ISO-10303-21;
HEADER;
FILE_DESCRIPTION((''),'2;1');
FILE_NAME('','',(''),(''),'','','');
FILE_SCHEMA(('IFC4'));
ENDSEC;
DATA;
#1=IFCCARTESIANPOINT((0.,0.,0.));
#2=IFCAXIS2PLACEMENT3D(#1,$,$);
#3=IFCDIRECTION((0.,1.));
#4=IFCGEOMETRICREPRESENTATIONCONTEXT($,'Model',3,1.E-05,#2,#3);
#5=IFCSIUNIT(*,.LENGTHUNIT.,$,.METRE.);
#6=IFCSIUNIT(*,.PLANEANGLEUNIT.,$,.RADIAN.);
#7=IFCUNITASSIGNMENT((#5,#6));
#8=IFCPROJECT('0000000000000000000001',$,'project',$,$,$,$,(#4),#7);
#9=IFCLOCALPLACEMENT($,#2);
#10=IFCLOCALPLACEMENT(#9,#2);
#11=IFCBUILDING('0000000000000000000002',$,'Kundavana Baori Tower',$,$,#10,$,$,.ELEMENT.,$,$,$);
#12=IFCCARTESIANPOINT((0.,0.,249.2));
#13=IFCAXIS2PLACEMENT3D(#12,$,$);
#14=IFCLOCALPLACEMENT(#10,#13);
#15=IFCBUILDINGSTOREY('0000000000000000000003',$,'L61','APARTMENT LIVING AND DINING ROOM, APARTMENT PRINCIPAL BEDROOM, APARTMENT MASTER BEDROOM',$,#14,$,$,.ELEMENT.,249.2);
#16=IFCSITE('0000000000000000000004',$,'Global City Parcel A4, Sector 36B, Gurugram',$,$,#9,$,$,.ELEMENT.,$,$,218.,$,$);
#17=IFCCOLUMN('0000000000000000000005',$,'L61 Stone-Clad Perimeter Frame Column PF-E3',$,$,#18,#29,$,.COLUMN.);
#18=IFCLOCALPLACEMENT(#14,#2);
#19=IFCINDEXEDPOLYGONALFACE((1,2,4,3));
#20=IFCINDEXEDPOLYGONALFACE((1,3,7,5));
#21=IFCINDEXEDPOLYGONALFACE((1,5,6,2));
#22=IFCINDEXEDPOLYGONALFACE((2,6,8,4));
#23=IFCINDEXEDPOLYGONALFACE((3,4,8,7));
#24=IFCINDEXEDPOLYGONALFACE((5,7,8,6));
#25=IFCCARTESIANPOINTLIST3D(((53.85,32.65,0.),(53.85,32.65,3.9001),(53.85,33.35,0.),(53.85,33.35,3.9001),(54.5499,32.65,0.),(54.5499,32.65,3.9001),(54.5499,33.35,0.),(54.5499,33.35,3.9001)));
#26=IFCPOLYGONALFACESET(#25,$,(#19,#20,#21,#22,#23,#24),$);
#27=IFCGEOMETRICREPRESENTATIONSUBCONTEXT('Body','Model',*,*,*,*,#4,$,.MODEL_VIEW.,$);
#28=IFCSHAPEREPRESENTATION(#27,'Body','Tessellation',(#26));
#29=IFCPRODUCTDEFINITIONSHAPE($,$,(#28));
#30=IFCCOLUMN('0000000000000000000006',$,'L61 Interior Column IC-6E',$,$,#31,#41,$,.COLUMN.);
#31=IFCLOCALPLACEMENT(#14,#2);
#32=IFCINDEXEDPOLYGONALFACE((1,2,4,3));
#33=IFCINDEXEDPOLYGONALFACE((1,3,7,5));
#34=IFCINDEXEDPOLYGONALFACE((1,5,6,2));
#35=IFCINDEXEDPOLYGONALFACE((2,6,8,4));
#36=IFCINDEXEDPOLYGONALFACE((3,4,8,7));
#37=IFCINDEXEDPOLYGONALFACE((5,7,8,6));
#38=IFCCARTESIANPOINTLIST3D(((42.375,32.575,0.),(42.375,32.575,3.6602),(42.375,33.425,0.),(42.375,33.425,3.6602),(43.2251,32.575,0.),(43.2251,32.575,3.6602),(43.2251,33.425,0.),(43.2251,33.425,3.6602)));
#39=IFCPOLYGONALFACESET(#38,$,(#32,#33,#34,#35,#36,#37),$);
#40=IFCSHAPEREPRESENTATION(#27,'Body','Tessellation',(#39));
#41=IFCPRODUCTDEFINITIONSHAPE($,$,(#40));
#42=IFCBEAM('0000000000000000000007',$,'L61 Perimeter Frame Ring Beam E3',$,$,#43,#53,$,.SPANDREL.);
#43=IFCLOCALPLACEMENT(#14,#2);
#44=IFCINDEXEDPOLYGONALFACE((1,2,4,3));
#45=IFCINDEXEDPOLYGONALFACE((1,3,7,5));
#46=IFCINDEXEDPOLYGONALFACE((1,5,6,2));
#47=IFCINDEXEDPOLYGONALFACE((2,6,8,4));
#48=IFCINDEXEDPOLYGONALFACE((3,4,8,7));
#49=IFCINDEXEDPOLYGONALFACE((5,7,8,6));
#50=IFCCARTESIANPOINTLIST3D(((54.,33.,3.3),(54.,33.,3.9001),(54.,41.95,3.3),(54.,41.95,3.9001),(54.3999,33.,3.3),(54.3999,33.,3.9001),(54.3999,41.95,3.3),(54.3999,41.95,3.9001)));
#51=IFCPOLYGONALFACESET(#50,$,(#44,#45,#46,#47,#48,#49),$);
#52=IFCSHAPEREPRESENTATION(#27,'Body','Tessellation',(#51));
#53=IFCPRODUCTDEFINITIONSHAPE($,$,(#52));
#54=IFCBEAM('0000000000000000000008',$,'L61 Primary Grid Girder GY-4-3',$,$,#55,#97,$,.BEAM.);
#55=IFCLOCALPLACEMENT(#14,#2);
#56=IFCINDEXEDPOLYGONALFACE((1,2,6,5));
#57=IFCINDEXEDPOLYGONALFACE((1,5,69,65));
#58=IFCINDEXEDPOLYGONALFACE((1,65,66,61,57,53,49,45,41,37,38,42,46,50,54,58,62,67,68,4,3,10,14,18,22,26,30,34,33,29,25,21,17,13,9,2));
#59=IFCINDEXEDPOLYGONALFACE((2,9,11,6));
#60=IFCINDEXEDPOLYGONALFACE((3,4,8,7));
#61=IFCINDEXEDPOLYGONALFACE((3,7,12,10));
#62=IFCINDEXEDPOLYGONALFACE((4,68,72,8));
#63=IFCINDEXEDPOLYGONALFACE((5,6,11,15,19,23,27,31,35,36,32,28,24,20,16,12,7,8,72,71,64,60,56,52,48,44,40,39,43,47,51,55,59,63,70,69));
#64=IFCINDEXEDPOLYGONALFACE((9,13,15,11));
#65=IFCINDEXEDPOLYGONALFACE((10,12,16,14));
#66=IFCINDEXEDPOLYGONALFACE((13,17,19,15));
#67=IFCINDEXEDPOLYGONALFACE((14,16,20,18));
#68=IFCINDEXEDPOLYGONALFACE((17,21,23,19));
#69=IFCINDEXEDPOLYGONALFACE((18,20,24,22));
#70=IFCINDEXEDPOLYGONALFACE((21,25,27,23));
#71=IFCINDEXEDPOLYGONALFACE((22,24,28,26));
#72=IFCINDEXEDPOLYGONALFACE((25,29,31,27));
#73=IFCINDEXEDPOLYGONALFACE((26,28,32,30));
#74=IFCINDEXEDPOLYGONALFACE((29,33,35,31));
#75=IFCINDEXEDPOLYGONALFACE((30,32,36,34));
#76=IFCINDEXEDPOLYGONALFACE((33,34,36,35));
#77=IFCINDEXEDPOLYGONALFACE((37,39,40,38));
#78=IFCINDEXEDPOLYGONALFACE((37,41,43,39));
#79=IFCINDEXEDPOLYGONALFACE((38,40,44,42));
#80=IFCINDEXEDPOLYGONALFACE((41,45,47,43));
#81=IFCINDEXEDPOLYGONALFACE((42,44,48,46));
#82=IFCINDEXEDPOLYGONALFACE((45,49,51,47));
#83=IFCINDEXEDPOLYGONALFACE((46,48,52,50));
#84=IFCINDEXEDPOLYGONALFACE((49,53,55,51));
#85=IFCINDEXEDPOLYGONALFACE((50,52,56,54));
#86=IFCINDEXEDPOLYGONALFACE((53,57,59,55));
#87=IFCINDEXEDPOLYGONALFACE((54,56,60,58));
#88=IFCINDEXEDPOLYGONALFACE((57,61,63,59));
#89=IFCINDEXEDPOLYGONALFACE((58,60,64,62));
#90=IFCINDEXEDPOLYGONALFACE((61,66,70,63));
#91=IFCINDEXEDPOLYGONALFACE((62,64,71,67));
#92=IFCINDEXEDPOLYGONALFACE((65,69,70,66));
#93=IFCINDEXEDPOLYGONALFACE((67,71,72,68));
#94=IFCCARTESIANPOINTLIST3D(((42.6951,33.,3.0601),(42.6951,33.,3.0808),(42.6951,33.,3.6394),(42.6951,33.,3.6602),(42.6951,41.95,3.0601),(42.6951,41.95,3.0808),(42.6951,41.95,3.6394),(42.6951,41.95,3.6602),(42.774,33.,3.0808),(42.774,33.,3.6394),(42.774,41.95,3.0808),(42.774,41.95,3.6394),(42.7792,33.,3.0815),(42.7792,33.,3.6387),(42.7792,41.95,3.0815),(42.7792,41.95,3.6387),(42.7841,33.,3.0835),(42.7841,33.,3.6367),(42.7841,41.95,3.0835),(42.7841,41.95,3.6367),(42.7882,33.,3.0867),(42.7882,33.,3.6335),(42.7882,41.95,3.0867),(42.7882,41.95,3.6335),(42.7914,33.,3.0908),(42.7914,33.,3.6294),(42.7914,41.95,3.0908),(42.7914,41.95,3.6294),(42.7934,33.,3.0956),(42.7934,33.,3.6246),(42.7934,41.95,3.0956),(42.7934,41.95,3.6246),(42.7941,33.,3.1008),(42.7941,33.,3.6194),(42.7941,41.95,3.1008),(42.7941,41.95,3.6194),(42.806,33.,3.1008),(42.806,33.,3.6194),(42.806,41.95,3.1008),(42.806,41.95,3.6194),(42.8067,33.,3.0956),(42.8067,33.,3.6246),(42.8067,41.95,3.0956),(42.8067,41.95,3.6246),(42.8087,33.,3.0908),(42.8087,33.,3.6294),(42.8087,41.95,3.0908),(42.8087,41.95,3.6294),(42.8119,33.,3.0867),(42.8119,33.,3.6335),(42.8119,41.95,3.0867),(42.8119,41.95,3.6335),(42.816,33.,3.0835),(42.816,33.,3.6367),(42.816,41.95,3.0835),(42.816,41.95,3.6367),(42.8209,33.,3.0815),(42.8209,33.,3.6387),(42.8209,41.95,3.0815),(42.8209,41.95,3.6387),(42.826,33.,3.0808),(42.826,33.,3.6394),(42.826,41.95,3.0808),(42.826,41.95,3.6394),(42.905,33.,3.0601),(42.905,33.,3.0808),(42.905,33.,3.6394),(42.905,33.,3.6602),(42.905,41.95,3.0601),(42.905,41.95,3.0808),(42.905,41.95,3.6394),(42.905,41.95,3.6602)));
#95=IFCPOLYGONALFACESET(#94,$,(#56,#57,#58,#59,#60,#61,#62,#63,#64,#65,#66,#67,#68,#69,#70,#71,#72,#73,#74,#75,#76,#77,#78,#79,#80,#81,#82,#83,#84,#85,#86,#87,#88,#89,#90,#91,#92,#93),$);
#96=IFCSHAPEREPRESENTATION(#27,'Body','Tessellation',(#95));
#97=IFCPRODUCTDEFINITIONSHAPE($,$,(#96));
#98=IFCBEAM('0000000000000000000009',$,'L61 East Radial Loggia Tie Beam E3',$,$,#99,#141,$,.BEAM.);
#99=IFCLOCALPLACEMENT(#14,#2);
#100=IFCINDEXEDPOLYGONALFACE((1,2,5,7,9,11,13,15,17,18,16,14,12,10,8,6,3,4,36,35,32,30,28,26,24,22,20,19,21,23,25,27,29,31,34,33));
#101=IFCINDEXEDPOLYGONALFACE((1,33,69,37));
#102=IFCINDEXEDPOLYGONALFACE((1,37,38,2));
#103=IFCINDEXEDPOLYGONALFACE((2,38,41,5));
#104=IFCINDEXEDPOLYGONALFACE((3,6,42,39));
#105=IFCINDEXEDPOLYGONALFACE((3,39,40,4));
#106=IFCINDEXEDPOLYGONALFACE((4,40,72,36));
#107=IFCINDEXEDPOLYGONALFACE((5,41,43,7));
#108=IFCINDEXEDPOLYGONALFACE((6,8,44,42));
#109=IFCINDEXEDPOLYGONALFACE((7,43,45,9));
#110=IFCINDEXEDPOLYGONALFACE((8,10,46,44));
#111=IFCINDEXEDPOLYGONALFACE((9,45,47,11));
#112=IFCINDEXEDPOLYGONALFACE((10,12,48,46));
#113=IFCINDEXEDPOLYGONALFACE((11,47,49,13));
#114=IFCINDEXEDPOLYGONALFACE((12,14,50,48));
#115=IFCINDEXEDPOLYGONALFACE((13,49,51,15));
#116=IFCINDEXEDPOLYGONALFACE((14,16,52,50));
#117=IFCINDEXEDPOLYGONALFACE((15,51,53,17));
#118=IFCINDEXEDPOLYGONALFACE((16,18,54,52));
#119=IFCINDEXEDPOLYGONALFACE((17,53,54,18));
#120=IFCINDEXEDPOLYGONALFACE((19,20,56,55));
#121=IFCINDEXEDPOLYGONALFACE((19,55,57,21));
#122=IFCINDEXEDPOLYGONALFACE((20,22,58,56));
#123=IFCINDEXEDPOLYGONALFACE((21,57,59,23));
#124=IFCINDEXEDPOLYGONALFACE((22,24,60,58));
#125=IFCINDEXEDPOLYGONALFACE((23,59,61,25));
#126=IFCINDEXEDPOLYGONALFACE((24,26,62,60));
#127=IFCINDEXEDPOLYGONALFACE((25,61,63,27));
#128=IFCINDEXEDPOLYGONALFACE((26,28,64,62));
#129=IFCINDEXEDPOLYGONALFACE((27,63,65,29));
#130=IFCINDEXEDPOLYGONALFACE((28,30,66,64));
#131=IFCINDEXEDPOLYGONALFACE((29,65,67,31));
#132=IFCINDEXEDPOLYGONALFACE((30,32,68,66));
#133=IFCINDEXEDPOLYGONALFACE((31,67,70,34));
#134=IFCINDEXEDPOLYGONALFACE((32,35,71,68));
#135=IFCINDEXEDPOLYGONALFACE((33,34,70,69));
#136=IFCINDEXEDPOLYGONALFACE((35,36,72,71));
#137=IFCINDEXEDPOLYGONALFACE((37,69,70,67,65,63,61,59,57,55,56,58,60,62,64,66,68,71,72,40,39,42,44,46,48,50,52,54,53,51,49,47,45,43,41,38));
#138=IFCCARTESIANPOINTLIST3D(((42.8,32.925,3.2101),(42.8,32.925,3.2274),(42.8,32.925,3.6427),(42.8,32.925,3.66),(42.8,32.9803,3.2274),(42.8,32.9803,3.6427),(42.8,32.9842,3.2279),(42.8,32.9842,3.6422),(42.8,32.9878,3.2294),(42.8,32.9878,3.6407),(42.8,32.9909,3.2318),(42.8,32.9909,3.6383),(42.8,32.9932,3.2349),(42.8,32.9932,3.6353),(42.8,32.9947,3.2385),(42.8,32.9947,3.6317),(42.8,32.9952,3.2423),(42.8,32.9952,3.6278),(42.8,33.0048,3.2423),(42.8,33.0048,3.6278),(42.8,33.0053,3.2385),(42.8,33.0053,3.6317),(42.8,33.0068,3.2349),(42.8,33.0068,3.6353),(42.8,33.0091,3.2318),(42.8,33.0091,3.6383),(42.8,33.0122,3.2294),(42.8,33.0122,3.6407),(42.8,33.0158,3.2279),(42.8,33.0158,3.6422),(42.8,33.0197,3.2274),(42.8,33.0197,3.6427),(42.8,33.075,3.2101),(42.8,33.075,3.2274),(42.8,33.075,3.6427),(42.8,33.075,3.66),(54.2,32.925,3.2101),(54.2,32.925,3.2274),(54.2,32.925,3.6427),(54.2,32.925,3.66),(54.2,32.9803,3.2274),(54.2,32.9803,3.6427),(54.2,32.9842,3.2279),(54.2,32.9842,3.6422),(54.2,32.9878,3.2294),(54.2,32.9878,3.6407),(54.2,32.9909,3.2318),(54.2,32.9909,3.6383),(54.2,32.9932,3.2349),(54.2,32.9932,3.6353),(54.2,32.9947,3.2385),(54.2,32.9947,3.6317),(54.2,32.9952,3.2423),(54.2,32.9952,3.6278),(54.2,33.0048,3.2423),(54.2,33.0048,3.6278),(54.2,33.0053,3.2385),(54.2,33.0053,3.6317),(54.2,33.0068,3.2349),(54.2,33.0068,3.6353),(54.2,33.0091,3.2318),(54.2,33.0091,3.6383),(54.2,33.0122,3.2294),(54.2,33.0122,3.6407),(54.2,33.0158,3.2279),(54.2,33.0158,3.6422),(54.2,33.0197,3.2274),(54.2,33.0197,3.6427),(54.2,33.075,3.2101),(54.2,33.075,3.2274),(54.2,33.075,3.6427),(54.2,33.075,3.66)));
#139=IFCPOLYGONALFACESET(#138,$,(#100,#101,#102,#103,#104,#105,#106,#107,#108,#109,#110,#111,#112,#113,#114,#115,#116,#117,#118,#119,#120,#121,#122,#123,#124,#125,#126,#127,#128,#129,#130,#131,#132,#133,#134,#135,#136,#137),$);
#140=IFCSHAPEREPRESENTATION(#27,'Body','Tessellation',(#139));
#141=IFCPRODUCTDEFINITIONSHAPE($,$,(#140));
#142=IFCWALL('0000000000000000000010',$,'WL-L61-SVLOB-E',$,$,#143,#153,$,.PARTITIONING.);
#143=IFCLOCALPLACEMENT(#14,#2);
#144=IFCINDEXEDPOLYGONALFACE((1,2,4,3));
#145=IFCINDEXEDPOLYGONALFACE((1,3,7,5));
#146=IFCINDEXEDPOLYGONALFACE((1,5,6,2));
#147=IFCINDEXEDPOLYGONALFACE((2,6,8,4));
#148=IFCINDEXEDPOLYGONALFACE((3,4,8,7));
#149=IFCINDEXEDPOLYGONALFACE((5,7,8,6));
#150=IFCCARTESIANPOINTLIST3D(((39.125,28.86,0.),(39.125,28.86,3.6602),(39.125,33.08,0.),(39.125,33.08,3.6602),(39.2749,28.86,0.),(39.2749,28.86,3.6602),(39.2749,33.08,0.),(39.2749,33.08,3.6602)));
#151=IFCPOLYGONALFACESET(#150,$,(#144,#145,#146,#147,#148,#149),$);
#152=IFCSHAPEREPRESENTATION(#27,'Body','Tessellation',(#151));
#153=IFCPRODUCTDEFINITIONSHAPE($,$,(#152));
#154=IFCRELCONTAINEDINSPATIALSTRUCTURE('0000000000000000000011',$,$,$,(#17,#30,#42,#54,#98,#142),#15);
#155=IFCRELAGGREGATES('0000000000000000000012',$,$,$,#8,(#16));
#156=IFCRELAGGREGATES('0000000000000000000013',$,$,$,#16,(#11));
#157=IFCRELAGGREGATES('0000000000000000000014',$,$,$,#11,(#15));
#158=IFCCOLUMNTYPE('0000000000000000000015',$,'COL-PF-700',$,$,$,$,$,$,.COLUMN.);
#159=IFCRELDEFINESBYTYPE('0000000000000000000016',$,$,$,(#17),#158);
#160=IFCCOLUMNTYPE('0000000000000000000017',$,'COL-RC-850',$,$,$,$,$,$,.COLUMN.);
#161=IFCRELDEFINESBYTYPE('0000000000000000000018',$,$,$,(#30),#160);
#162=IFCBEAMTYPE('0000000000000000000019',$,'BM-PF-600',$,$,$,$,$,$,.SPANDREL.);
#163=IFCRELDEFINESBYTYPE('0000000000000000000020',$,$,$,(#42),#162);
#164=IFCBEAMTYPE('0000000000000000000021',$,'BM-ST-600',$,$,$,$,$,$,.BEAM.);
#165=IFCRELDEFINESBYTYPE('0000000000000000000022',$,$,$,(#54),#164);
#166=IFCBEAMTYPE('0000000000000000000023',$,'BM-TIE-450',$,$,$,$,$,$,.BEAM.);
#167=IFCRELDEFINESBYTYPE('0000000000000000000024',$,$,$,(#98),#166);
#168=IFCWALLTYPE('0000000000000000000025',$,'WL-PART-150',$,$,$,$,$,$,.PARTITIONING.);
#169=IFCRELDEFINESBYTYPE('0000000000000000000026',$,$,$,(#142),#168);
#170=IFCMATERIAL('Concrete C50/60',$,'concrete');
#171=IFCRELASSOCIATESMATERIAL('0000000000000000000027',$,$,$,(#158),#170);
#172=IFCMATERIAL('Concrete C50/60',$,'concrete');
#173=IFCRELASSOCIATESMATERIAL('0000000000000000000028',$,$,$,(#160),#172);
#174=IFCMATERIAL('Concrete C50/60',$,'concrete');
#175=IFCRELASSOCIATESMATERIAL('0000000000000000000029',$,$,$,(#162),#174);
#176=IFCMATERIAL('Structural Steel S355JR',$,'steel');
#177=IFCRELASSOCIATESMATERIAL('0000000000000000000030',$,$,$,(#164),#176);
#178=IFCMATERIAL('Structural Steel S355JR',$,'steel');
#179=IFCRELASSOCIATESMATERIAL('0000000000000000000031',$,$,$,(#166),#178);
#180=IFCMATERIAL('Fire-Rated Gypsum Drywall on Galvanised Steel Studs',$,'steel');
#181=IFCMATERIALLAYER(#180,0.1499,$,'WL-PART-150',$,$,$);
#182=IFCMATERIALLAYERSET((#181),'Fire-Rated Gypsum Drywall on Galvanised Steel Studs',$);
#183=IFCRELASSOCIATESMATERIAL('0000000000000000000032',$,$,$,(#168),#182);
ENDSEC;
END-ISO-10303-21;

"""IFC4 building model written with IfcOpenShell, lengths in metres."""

from ifc_helpers import new_model, si_unit, direction, frame, frame_2d, origin, origin_2d, place, context, subcontext, project, spatial, rectangle, i_section, extrude, material, layer, layer_set, material_profile, profile_set, type_object, element, save


model = new_model("IFC4")

# Units and contexts
model_context = context("Model", 3, precision=1e-05, world=origin(), true_north=direction((0.0, 1.0)))
body_context = subcontext(model_context, "Body", "Model", "MODEL_VIEW")
ifc_project = project(units=[si_unit("LENGTHUNIT", "METRE"), si_unit("PLANEANGLEUNIT", "RADIAN")], contexts=[model_context])

# Site, building, storey
site_placement = place(None, origin())
site = spatial("IfcSite", under=ifc_project, at=site_placement, Name="Global City Parcel A4, Sector 36B, Gurugram", CompositionType="ELEMENT", RefElevation=218.0)
building_placement = place(site_placement, origin())
building = spatial("IfcBuilding", under=site, at=building_placement, Name="Kundavana Baori Tower", CompositionType="ELEMENT")
storey_placement = place(building_placement, frame((0.0, 0.0, 249.2)))
storey = spatial("IfcBuildingStorey", under=building, at=storey_placement, Name="L61", Description="APARTMENT LIVING AND DINING ROOM, APARTMENT PRINCIPAL BEDROOM, APARTMENT MASTER BEDROOM", CompositionType="ELEMENT", Elevation=249.2)

# Columns
ifc_material_1 = material(Name="Concrete C50/60", Category="concrete")
ifc_material_profile_1 = material_profile(ifc_material_1, rectangle(XDim=0.7, YDim=0.7, at=origin_2d()), Name="RC PF 700x700")
ifc_profile_set_1 = profile_set([ifc_material_profile_1], Name="Concrete C50/60")
column_type_1 = type_object("IfcColumnType", Name="COL-PF-700", PredefinedType="COLUMN", material=ifc_profile_set_1)
column_1_placement = place(storey_placement, frame((54.2, 33.0, 0.0), z_axis=(0.0, 0.0, 1.0), x_axis=(1.0, 0.0, 0.0)))
element("IfcColumn", 1, at=column_1_placement, inside=storey, type_object=column_type_1, Name="L61 Stone-Clad Perimeter Frame Column PF-E3", PredefinedType="COLUMN", context=body_context, shape_type="SweptSolid", body=[
    extrude(rectangle(XDim=0.7, YDim=0.7, at=origin_2d()), origin(), (0.0, 0.0, 1.0), 3.9001),
])
ifc_material_2 = material(Name="Concrete C50/60", Category="concrete")
ifc_material_profile_2 = material_profile(ifc_material_2, rectangle(XDim=0.8501, YDim=0.8501, at=origin_2d()), Name="RC 850x850")
ifc_profile_set_2 = profile_set([ifc_material_profile_2], Name="Concrete C50/60")
column_type_2 = type_object("IfcColumnType", Name="COL-RC-850", PredefinedType="COLUMN", material=ifc_profile_set_2)
column_2_placement = place(storey_placement, frame((42.8, 33.0, 0.0), z_axis=(0.0, 0.0, 1.0), x_axis=(1.0, 0.0, 0.0)))
element("IfcColumn", 2, at=column_2_placement, inside=storey, type_object=column_type_2, Name="L61 Interior Column IC-6E", PredefinedType="COLUMN", context=body_context, shape_type="SweptSolid", body=[
    extrude(rectangle(XDim=0.8501, YDim=0.8501, at=origin_2d()), origin(), (0.0, 0.0, 1.0), 3.6602),
])

# Beams
ifc_material_3 = material(Name="Concrete C50/60", Category="concrete")
ifc_material_profile_3 = material_profile(ifc_material_3, rectangle(XDim=0.3999, YDim=0.6001, at=origin_2d()), Name="RC BM 400x600")
ifc_profile_set_3 = profile_set([ifc_material_profile_3], Name="Concrete C50/60")
beam_type_1 = type_object("IfcBeamType", Name="BM-PF-600", PredefinedType="SPANDREL", material=ifc_profile_set_3)
beam_1_placement = place(storey_placement, frame((54.2, 33.0, 3.6001), z_axis=(0.0, 1.0, 0.0), x_axis=(-1.0, 0.0, 0.0)))
element("IfcBeam", 3, at=beam_1_placement, inside=storey, type_object=beam_type_1, Name="L61 Perimeter Frame Ring Beam E3", PredefinedType="SPANDREL", context=body_context, shape_type="SweptSolid", body=[
    extrude(rectangle(XDim=0.3999, YDim=0.6001, at=origin_2d()), origin(), (0.0, 0.0, 1.0), 8.95),
])
ifc_material_4 = material(Name="Structural Steel S355JR", Category="steel")
ifc_material_profile_4 = material_profile(ifc_material_4, i_section(OverallWidth=0.21, OverallDepth=0.6001, WebThickness=0.012, FlangeThickness=0.0208, FilletRadius=0.02, at=origin_2d()), Name="ISMB 600")
ifc_profile_set_4 = profile_set([ifc_material_profile_4], Name="Structural Steel S355JR")
beam_type_2 = type_object("IfcBeamType", Name="BM-ST-600", PredefinedType="BEAM", material=ifc_profile_set_4)
beam_2_placement = place(storey_placement, frame((42.8, 33.0, 3.3601), z_axis=(0.0, 1.0, 0.0), x_axis=(-1.0, 0.0, 0.0)))
element("IfcBeam", 4, at=beam_2_placement, inside=storey, type_object=beam_type_2, Name="L61 Primary Grid Girder GY-4-3", PredefinedType="BEAM", context=body_context, shape_type="SweptSolid", body=[
    extrude(i_section(OverallWidth=0.21, OverallDepth=0.6001, WebThickness=0.012, FlangeThickness=0.0208, FilletRadius=0.02, at=origin_2d()), origin(), (0.0, 0.0, 1.0), 8.95),
])
ifc_material_5 = material(Name="Structural Steel S355JR", Category="steel")
ifc_material_profile_5 = material_profile(ifc_material_5, i_section(OverallWidth=0.1499, OverallDepth=0.45, WebThickness=0.0095, FlangeThickness=0.0173, FilletRadius=0.0149, at=origin_2d()), Name="ISMB 450")
ifc_profile_set_5 = profile_set([ifc_material_profile_5], Name="Structural Steel S355JR")
beam_type_3 = type_object("IfcBeamType", Name="BM-TIE-450", PredefinedType="BEAM", material=ifc_profile_set_5)
beam_3_placement = place(storey_placement, frame((42.8, 33.0, 3.4351), z_axis=(1.0, 0.0, 0.0), x_axis=(0.0, 1.0, 0.0)))
element("IfcBeam", 5, at=beam_3_placement, inside=storey, type_object=beam_type_3, Name="L61 East Radial Loggia Tie Beam E3", PredefinedType="BEAM", context=body_context, shape_type="SweptSolid", body=[
    extrude(i_section(OverallWidth=0.1499, OverallDepth=0.45, WebThickness=0.0095, FlangeThickness=0.0173, FilletRadius=0.0149, at=origin_2d()), origin(), (0.0, 0.0, 1.0), 11.3999),
])

# Wall
ifc_material_6 = material(Name="Fire-Rated Gypsum Drywall on Galvanised Steel Studs", Category="steel")
ifc_layer_1 = layer(ifc_material_6, 0.1499, Name="WL-PART-150")
ifc_layer_set_1 = layer_set([ifc_layer_1], Name="Fire-Rated Gypsum Drywall on Galvanised Steel Studs")
wall_type_1 = type_object("IfcWallType", Name="WL-PART-150", PredefinedType="PARTITIONING", material=ifc_layer_set_1)
wall_1_placement = place(storey_placement, frame((39.2, 28.8601, 0.0), z_axis=(0.0, 0.0, 1.0), x_axis=(0.0, 1.0, 0.0)))
element("IfcWall", 6, at=wall_1_placement, inside=storey, type_object=wall_type_1, Name="WL-L61-SVLOB-E", PredefinedType="PARTITIONING", context=body_context, shape_type="SweptSolid", body=[
    extrude(rectangle(XDim=4.22, YDim=0.1499, at=frame_2d((2.1099, 0.0))), origin(), (0.0, 0.0, 1.0), 3.6602),
])

save(model, "model.ifc")
